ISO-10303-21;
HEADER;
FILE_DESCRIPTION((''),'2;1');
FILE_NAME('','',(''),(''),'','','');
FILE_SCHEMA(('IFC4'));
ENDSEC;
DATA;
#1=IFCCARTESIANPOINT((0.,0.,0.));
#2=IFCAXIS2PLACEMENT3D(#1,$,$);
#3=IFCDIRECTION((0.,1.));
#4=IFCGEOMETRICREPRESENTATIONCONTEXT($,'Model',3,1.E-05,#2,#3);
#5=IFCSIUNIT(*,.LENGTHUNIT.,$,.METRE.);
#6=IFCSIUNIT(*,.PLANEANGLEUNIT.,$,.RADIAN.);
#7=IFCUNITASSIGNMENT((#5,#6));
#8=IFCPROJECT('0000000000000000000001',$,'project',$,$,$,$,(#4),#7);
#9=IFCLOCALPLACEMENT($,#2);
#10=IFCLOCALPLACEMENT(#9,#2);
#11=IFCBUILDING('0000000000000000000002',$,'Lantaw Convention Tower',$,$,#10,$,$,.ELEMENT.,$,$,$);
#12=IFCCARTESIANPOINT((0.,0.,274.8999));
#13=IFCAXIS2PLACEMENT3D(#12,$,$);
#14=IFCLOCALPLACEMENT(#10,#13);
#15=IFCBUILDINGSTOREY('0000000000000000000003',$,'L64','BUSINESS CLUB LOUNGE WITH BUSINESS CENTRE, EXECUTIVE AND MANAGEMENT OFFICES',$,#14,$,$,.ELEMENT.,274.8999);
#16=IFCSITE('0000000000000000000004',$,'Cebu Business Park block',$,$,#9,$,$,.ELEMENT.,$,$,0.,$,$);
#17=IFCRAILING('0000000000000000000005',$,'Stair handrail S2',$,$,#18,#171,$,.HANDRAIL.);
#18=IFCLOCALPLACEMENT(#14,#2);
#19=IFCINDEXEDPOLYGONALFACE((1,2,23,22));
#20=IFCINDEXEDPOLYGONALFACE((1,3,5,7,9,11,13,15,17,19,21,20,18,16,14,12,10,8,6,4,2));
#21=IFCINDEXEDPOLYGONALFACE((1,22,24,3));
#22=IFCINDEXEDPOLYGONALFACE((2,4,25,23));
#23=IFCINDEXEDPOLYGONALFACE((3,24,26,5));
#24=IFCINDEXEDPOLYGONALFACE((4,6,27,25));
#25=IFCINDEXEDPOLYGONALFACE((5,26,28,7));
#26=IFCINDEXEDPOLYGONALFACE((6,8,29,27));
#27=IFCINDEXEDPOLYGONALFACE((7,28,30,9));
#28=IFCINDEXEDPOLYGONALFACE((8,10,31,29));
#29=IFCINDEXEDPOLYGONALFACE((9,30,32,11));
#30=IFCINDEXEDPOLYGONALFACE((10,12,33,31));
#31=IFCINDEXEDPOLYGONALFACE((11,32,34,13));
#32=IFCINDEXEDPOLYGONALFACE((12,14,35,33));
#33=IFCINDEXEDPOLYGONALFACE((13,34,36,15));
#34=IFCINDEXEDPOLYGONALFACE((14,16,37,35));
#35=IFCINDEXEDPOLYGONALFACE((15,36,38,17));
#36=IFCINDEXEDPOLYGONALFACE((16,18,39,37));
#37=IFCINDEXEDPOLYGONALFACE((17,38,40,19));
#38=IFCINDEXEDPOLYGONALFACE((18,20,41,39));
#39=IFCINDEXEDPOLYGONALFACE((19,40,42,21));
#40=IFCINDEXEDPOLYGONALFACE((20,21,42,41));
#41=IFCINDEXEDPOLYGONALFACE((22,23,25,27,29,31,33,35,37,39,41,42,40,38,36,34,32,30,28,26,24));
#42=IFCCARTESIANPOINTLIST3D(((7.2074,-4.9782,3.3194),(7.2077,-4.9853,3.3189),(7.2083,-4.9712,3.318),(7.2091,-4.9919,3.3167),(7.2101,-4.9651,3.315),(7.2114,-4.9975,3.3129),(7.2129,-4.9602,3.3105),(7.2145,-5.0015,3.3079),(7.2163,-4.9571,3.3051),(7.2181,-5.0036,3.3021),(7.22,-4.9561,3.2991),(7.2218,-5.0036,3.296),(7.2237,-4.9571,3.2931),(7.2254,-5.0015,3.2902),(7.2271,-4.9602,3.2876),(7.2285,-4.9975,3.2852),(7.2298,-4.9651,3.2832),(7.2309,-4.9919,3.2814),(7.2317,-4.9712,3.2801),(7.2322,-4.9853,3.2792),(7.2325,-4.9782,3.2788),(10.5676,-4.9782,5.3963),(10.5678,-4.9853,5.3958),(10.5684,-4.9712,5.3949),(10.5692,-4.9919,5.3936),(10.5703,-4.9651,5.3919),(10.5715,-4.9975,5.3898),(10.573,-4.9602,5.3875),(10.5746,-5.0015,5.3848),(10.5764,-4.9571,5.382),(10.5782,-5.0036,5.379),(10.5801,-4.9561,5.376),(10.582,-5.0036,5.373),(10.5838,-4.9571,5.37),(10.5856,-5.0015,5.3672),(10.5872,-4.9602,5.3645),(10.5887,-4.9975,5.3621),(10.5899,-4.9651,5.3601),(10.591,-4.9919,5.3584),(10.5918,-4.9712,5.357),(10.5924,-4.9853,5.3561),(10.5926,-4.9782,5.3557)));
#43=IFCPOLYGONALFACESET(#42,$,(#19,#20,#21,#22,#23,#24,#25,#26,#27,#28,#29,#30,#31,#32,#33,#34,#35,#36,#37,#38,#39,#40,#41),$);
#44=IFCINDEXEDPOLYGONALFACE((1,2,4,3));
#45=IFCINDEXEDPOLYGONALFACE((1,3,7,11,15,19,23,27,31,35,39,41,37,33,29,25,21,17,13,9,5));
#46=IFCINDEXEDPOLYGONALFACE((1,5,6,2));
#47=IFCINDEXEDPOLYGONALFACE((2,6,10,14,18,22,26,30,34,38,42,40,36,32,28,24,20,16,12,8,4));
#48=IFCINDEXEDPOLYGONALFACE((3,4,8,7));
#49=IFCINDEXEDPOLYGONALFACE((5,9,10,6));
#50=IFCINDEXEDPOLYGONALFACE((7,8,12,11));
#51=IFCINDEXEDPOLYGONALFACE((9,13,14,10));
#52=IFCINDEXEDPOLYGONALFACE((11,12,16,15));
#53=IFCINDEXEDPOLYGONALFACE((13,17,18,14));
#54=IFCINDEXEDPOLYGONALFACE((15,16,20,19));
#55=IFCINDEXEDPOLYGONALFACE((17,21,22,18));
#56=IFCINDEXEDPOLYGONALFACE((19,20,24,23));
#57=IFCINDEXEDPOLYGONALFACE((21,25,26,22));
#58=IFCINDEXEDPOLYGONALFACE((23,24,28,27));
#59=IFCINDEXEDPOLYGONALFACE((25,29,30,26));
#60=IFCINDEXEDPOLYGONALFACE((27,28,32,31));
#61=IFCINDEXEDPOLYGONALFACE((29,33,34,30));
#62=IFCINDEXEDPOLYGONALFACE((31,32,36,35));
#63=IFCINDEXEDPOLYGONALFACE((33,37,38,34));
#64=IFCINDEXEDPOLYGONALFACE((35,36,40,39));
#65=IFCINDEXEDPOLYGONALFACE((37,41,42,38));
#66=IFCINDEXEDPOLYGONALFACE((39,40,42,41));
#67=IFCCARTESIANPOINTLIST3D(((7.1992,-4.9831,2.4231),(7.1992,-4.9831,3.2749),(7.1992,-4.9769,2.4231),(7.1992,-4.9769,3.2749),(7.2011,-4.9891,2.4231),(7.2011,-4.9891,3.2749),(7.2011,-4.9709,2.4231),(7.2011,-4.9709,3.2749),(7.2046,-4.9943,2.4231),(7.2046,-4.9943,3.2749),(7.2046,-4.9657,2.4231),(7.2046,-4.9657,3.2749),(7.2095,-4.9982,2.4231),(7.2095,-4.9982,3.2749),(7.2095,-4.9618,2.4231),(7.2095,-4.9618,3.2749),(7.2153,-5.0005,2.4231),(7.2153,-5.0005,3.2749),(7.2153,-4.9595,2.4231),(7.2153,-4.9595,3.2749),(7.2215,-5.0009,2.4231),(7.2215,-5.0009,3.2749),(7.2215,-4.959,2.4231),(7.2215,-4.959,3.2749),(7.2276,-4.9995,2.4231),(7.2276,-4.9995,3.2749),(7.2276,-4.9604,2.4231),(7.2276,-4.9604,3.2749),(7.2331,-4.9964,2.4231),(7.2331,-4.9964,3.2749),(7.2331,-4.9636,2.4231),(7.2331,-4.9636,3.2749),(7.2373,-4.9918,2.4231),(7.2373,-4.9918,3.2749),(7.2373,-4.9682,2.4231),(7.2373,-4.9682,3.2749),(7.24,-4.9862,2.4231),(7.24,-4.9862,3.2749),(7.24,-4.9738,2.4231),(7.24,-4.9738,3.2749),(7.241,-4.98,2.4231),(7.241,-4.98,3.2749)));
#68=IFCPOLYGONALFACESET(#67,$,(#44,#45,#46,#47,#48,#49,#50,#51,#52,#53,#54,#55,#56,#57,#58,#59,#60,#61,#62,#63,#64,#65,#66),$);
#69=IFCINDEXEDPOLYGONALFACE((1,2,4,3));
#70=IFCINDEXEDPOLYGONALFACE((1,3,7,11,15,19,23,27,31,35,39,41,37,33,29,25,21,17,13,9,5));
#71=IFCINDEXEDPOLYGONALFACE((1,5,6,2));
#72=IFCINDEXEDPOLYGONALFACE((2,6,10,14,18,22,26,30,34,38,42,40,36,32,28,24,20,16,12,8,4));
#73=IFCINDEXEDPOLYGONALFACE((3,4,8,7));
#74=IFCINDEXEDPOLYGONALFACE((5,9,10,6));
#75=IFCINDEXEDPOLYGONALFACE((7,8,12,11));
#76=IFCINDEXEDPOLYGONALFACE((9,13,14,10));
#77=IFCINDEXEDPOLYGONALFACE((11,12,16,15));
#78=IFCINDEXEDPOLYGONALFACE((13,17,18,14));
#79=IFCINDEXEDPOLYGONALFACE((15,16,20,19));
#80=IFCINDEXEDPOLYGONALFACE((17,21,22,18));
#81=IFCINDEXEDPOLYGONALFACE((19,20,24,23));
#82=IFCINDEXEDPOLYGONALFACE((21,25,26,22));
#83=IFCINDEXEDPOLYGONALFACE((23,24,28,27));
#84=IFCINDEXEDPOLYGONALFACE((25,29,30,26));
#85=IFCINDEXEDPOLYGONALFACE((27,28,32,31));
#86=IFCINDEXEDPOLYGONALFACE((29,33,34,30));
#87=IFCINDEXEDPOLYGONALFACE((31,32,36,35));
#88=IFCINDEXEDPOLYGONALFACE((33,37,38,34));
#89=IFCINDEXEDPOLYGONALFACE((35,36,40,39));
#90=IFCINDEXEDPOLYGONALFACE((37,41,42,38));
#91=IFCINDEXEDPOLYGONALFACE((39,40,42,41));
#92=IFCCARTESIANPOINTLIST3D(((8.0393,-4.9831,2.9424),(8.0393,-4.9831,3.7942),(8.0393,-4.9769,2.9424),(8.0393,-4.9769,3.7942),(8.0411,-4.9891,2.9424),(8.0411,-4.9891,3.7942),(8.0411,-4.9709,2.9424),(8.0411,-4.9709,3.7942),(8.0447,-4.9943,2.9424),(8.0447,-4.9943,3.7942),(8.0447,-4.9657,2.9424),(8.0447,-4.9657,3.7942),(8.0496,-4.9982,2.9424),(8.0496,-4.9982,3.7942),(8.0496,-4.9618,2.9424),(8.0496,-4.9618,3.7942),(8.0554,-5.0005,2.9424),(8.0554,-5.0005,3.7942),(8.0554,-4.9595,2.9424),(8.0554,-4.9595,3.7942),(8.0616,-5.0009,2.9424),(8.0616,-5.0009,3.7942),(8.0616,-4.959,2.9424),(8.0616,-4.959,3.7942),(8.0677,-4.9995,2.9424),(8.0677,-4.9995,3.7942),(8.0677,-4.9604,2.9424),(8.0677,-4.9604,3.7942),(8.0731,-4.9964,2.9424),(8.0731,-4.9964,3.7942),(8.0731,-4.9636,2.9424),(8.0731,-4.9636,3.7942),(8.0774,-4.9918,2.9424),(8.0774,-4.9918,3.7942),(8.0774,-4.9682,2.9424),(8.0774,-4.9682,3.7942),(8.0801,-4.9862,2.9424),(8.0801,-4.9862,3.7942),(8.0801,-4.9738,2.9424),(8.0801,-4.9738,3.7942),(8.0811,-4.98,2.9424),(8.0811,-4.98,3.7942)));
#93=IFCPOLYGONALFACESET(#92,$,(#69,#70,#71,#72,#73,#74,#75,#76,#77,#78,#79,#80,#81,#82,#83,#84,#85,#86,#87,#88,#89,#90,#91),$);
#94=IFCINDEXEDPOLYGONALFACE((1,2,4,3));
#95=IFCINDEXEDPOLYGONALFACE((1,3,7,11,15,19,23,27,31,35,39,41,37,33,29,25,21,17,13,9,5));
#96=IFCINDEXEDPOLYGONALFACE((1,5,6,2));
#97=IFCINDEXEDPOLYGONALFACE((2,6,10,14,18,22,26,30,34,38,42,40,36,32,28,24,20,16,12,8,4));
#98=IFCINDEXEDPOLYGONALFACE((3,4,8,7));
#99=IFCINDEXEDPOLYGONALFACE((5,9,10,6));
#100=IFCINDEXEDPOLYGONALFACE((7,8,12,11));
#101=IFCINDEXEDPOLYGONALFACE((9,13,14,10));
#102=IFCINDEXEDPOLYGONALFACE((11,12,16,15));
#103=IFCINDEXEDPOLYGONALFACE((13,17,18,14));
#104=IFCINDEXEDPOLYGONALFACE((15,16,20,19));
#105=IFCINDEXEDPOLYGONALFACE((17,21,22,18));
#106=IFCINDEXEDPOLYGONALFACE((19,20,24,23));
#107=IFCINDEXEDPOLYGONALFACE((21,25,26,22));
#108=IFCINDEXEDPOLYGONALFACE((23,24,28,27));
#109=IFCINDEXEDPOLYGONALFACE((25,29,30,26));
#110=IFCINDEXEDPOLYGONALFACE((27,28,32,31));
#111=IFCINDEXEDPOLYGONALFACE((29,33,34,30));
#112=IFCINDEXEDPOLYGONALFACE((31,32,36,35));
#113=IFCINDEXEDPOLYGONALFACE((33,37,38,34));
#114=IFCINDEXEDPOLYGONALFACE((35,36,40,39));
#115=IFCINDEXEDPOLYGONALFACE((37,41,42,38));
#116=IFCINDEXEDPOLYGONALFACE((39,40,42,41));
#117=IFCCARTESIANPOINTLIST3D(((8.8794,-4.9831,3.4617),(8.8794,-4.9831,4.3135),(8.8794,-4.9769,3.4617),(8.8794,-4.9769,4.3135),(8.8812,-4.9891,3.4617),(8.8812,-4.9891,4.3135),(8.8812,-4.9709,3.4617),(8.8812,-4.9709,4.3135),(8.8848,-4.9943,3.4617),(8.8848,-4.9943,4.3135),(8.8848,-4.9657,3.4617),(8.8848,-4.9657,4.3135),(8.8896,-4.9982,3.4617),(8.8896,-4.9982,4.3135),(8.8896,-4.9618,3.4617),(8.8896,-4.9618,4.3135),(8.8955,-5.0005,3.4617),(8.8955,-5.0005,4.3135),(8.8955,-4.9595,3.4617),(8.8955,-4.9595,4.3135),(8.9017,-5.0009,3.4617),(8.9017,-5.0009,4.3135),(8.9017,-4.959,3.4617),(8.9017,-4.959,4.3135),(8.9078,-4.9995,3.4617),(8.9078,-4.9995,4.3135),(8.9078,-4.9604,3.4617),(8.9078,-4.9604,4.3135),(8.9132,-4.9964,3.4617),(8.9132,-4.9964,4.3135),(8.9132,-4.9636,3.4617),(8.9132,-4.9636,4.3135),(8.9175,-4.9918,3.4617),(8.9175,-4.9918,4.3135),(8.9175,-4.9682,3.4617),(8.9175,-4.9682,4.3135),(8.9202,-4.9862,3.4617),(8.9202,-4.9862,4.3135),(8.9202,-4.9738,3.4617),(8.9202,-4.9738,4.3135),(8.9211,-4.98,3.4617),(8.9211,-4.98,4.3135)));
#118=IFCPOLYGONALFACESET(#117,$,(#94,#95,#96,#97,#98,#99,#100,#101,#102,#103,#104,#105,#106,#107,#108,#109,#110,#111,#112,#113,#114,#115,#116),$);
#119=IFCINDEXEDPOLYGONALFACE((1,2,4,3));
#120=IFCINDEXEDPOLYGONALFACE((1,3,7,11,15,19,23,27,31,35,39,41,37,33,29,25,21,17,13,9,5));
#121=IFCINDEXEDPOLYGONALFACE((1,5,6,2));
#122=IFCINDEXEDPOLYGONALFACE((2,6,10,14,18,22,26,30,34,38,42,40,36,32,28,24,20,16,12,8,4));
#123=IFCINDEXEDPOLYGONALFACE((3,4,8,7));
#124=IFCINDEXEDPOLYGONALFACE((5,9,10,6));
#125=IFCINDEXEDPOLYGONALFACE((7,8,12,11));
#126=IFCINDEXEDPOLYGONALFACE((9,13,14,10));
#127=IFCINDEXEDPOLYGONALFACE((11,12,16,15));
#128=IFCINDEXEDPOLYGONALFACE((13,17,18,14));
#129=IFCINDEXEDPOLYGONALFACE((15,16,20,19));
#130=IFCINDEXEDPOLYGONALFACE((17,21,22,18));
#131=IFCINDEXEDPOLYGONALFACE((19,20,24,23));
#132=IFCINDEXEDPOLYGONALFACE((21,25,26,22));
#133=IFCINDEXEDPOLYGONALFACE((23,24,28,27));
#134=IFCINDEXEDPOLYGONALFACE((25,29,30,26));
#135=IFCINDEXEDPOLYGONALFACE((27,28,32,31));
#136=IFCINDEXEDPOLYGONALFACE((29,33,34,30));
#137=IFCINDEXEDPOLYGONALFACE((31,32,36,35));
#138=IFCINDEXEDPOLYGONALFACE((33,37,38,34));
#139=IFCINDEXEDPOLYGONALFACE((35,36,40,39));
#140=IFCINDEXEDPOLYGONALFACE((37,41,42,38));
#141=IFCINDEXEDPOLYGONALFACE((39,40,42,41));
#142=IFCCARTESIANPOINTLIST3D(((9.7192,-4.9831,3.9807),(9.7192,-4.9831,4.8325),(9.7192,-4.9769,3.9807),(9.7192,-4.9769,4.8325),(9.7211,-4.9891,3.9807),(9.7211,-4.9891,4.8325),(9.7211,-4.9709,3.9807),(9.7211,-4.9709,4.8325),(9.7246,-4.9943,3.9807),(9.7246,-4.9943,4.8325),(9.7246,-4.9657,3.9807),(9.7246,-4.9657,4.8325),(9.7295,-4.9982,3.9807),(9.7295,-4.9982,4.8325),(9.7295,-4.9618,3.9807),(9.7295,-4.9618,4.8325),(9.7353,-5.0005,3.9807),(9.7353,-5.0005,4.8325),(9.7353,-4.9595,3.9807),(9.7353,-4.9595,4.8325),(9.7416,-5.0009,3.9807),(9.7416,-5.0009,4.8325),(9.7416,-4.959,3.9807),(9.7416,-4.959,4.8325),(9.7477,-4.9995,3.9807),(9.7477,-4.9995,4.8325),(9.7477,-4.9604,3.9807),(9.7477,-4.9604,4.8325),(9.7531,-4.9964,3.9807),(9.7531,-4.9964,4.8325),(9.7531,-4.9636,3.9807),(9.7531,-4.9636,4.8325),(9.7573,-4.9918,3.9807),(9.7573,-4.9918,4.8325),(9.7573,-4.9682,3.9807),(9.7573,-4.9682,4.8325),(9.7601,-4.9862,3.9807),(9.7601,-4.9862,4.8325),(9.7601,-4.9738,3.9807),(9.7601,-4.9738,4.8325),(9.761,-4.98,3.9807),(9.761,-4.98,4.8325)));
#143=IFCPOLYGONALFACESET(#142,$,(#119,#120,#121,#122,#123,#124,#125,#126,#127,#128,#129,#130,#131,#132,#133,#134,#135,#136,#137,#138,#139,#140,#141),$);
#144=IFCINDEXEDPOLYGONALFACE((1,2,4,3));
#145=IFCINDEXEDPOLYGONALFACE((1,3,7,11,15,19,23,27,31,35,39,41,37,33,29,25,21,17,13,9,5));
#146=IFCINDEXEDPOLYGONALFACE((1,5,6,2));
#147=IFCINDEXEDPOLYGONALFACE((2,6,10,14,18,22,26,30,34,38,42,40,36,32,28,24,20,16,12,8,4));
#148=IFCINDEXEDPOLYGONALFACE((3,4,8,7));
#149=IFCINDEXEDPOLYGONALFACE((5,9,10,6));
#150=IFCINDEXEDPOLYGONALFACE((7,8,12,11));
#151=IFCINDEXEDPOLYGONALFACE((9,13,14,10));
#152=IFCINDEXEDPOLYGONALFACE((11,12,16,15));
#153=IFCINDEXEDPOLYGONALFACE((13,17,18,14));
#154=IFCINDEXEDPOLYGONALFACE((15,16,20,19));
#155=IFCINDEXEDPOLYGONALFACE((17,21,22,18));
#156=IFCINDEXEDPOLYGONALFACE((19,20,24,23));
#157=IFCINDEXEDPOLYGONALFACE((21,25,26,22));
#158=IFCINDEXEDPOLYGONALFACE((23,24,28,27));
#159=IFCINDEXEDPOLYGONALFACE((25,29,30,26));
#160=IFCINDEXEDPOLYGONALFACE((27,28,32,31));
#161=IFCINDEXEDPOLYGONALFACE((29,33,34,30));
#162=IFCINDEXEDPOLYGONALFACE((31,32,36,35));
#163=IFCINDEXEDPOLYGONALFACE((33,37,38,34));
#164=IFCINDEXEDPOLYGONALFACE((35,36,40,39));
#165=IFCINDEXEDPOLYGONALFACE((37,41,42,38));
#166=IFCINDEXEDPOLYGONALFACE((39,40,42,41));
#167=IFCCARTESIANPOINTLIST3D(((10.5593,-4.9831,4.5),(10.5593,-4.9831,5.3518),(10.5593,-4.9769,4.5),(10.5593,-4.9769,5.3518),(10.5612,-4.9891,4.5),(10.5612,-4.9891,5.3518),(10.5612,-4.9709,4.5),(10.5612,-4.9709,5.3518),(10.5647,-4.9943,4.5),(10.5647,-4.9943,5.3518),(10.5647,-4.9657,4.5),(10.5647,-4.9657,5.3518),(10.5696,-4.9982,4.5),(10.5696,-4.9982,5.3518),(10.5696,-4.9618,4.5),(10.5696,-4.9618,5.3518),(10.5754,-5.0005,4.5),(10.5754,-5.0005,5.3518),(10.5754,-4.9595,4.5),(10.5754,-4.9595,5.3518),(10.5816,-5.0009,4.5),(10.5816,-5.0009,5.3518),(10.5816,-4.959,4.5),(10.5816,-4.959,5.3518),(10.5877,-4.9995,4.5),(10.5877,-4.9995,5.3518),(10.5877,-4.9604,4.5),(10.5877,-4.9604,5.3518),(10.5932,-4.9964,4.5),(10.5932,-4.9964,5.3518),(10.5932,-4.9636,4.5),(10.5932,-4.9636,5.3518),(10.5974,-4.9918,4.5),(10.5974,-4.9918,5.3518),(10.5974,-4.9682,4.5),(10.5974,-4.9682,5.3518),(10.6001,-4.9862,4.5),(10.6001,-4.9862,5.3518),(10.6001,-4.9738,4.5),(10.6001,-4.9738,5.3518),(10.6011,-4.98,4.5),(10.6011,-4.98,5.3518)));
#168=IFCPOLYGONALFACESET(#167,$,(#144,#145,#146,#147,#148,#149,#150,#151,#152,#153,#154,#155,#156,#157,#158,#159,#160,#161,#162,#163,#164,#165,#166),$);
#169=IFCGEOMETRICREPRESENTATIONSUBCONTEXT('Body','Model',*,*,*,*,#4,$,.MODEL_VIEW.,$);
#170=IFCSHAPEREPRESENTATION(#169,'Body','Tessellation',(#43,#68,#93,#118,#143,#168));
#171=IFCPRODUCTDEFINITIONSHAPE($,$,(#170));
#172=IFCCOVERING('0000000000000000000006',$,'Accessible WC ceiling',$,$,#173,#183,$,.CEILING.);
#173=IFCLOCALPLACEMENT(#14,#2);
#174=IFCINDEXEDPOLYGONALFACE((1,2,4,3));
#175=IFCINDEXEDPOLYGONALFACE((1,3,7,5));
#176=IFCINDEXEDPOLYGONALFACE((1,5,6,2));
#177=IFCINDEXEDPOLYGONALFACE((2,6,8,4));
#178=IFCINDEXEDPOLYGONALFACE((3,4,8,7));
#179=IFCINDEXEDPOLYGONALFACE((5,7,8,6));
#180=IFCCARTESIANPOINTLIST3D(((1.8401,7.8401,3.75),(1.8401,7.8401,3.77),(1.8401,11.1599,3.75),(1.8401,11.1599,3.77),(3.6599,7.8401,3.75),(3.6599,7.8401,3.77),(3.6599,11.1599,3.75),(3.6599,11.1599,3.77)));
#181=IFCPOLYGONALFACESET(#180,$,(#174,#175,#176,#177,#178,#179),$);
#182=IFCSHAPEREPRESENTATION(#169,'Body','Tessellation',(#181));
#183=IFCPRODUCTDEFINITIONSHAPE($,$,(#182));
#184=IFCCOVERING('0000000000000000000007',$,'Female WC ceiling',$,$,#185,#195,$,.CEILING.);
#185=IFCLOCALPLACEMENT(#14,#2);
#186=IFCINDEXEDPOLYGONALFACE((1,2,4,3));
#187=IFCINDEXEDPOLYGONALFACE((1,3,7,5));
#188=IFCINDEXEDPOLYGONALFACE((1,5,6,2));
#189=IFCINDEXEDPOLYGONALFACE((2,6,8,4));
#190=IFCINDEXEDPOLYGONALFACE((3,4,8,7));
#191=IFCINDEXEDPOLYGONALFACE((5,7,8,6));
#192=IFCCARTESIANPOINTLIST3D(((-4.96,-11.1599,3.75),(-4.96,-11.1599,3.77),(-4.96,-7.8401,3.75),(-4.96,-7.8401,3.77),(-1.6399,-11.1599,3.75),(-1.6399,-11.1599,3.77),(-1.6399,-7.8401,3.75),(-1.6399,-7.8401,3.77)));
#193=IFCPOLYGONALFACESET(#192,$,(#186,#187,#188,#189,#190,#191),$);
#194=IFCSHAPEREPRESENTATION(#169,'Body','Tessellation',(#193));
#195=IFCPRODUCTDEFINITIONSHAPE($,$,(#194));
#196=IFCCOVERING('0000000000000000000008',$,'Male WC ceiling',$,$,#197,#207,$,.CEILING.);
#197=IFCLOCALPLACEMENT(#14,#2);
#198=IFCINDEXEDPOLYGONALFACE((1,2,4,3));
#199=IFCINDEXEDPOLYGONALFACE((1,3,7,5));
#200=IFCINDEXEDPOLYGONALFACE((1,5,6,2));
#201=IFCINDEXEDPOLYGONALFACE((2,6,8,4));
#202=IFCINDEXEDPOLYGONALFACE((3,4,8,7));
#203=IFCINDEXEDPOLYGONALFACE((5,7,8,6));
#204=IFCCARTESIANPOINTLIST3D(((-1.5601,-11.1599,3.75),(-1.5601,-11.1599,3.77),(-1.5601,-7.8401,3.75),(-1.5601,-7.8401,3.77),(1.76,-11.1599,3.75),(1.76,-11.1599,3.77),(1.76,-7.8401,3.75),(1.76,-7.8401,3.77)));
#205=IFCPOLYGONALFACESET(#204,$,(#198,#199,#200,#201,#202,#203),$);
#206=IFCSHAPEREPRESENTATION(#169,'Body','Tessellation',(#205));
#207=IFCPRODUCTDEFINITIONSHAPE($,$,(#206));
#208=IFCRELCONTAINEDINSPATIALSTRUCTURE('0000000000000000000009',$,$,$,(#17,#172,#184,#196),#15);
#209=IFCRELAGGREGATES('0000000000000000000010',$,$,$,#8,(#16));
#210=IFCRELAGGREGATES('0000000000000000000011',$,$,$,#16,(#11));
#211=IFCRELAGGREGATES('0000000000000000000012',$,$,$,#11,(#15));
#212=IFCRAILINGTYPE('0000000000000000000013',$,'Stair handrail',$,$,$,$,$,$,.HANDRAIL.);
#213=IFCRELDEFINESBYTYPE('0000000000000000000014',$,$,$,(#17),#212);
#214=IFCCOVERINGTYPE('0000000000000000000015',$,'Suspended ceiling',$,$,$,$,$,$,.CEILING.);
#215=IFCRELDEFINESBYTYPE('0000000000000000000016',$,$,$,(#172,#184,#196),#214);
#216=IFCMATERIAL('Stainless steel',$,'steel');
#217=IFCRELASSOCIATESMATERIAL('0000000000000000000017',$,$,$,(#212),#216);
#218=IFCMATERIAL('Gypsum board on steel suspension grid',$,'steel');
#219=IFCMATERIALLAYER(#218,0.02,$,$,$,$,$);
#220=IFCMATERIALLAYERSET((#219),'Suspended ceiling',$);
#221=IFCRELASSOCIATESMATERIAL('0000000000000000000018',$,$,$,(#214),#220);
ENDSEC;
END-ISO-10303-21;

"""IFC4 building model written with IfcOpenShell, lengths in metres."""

from ifc_helpers import new_model, si_unit, direction, frame, origin, origin_2d, place, context, subcontext, project, spatial, polyline, circle, outline, extrude, material, layer, layer_set, type_object, element, save


model = new_model("IFC4")

# Units and contexts
model_context = context("Model", 3, precision=1e-05, world=origin(), true_north=direction((0.0, 1.0)))
body_context = subcontext(model_context, "Body", "Model", "MODEL_VIEW")
ifc_project = project(units=[si_unit("LENGTHUNIT", "METRE"), si_unit("PLANEANGLEUNIT", "RADIAN")], contexts=[model_context])

# Site, building, storey
site_placement = place(None, origin())
site = spatial("IfcSite", under=ifc_project, at=site_placement, Name="Cebu Business Park block", CompositionType="ELEMENT", RefElevation=0.0)
building_placement = place(site_placement, origin())
building = spatial("IfcBuilding", under=site, at=building_placement, Name="Lantaw Convention Tower", CompositionType="ELEMENT")
storey_placement = place(building_placement, frame((0.0, 0.0, 274.8999)))
storey = spatial("IfcBuildingStorey", under=building, at=storey_placement, Name="L64", Description="BUSINESS CLUB LOUNGE WITH BUSINESS CENTRE, EXECUTIVE AND MANAGEMENT OFFICES", CompositionType="ELEMENT", Elevation=274.8999)

# Railing
ifc_material_1 = material(Name="Stainless steel", Category="steel")
railing_type = type_object("IfcRailingType", Name="Stair handrail", PredefinedType="HANDRAIL", material=ifc_material_1)
railing_placement = place(storey_placement, frame((7.22, -4.98, 2.4231)))
element("IfcRailing", 1, at=railing_placement, inside=storey, type_object=railing_type, Name="Stair handrail S2", PredefinedType="HANDRAIL", context=body_context, shape_type="SweptSolid", body=[
    extrude(circle(Radius=0.0239, at=origin_2d()), frame((0.0, 0.0, 0.876), z_axis=(0.850623, 0.0, 0.525776), x_axis=(0.0, 1.0, 0.0)), (0.0, 0.0, 1.0), 3.9502),
    extrude(circle(Radius=0.021, at=origin_2d()), origin(), (0.0, 0.0, 1.0), 0.8518),
    extrude(circle(Radius=0.021, at=origin_2d()), frame((0.8401, 0.0, 0.5193)), (0.0, 0.0, 1.0), 0.8518),
    extrude(circle(Radius=0.021, at=origin_2d()), frame((1.6802, 0.0, 1.0386)), (0.0, 0.0, 1.0), 0.8518),
    extrude(circle(Radius=0.021, at=origin_2d()), frame((2.52, 0.0, 1.5576)), (0.0, 0.0, 1.0), 0.8518),
    extrude(circle(Radius=0.021, at=origin_2d()), frame((3.3601, 0.0, 2.0769)), (0.0, 0.0, 1.0), 0.8518),
])

# Coverings
ifc_material_2 = material(Name="Gypsum board on steel suspension grid", Category="steel")
ifc_layer_1 = layer(ifc_material_2, 0.02)
ifc_layer_set_1 = layer_set([ifc_layer_1], Name="Suspended ceiling")
covering_type = type_object("IfcCoveringType", Name="Suspended ceiling", PredefinedType="CEILING", material=ifc_layer_set_1)
covering_1_placement = place(storey_placement, frame((0.0, 0.0, 3.75)))
element("IfcCovering", 2, at=covering_1_placement, inside=storey, type_object=covering_type, Name="Accessible WC ceiling", PredefinedType="CEILING", context=body_context, shape_type="SweptSolid", body=[
    extrude(outline(polyline([(1.8401, 7.8401), (3.6599, 7.8401), (3.6599, 11.1599), (1.8401, 11.1599), (1.8401, 7.8401)])), origin(), (0.0, 0.0, 1.0), 0.02),
])
covering_2_placement = place(storey_placement, frame((0.0, 0.0, 3.75)))
element("IfcCovering", 3, at=covering_2_placement, inside=storey, type_object=covering_type, Name="Female WC ceiling", PredefinedType="CEILING", context=body_context, shape_type="SweptSolid", body=[
    extrude(outline(polyline([(-4.96, -11.1599), (-1.6399, -11.1599), (-1.6399, -7.8401), (-4.96, -7.8401), (-4.96, -11.1599)])), origin(), (0.0, 0.0, 1.0), 0.02),
])
covering_3_placement = place(storey_placement, frame((0.0, 0.0, 3.75)))
element("IfcCovering", 4, at=covering_3_placement, inside=storey, type_object=covering_type, Name="Male WC ceiling", PredefinedType="CEILING", context=body_context, shape_type="SweptSolid", body=[
    extrude(outline(polyline([(-1.5601, -11.1599), (1.76, -11.1599), (1.76, -7.8401), (-1.5601, -7.8401), (-1.5601, -11.1599)])), origin(), (0.0, 0.0, 1.0), 0.02),
])

save(model, "model.ifc")
